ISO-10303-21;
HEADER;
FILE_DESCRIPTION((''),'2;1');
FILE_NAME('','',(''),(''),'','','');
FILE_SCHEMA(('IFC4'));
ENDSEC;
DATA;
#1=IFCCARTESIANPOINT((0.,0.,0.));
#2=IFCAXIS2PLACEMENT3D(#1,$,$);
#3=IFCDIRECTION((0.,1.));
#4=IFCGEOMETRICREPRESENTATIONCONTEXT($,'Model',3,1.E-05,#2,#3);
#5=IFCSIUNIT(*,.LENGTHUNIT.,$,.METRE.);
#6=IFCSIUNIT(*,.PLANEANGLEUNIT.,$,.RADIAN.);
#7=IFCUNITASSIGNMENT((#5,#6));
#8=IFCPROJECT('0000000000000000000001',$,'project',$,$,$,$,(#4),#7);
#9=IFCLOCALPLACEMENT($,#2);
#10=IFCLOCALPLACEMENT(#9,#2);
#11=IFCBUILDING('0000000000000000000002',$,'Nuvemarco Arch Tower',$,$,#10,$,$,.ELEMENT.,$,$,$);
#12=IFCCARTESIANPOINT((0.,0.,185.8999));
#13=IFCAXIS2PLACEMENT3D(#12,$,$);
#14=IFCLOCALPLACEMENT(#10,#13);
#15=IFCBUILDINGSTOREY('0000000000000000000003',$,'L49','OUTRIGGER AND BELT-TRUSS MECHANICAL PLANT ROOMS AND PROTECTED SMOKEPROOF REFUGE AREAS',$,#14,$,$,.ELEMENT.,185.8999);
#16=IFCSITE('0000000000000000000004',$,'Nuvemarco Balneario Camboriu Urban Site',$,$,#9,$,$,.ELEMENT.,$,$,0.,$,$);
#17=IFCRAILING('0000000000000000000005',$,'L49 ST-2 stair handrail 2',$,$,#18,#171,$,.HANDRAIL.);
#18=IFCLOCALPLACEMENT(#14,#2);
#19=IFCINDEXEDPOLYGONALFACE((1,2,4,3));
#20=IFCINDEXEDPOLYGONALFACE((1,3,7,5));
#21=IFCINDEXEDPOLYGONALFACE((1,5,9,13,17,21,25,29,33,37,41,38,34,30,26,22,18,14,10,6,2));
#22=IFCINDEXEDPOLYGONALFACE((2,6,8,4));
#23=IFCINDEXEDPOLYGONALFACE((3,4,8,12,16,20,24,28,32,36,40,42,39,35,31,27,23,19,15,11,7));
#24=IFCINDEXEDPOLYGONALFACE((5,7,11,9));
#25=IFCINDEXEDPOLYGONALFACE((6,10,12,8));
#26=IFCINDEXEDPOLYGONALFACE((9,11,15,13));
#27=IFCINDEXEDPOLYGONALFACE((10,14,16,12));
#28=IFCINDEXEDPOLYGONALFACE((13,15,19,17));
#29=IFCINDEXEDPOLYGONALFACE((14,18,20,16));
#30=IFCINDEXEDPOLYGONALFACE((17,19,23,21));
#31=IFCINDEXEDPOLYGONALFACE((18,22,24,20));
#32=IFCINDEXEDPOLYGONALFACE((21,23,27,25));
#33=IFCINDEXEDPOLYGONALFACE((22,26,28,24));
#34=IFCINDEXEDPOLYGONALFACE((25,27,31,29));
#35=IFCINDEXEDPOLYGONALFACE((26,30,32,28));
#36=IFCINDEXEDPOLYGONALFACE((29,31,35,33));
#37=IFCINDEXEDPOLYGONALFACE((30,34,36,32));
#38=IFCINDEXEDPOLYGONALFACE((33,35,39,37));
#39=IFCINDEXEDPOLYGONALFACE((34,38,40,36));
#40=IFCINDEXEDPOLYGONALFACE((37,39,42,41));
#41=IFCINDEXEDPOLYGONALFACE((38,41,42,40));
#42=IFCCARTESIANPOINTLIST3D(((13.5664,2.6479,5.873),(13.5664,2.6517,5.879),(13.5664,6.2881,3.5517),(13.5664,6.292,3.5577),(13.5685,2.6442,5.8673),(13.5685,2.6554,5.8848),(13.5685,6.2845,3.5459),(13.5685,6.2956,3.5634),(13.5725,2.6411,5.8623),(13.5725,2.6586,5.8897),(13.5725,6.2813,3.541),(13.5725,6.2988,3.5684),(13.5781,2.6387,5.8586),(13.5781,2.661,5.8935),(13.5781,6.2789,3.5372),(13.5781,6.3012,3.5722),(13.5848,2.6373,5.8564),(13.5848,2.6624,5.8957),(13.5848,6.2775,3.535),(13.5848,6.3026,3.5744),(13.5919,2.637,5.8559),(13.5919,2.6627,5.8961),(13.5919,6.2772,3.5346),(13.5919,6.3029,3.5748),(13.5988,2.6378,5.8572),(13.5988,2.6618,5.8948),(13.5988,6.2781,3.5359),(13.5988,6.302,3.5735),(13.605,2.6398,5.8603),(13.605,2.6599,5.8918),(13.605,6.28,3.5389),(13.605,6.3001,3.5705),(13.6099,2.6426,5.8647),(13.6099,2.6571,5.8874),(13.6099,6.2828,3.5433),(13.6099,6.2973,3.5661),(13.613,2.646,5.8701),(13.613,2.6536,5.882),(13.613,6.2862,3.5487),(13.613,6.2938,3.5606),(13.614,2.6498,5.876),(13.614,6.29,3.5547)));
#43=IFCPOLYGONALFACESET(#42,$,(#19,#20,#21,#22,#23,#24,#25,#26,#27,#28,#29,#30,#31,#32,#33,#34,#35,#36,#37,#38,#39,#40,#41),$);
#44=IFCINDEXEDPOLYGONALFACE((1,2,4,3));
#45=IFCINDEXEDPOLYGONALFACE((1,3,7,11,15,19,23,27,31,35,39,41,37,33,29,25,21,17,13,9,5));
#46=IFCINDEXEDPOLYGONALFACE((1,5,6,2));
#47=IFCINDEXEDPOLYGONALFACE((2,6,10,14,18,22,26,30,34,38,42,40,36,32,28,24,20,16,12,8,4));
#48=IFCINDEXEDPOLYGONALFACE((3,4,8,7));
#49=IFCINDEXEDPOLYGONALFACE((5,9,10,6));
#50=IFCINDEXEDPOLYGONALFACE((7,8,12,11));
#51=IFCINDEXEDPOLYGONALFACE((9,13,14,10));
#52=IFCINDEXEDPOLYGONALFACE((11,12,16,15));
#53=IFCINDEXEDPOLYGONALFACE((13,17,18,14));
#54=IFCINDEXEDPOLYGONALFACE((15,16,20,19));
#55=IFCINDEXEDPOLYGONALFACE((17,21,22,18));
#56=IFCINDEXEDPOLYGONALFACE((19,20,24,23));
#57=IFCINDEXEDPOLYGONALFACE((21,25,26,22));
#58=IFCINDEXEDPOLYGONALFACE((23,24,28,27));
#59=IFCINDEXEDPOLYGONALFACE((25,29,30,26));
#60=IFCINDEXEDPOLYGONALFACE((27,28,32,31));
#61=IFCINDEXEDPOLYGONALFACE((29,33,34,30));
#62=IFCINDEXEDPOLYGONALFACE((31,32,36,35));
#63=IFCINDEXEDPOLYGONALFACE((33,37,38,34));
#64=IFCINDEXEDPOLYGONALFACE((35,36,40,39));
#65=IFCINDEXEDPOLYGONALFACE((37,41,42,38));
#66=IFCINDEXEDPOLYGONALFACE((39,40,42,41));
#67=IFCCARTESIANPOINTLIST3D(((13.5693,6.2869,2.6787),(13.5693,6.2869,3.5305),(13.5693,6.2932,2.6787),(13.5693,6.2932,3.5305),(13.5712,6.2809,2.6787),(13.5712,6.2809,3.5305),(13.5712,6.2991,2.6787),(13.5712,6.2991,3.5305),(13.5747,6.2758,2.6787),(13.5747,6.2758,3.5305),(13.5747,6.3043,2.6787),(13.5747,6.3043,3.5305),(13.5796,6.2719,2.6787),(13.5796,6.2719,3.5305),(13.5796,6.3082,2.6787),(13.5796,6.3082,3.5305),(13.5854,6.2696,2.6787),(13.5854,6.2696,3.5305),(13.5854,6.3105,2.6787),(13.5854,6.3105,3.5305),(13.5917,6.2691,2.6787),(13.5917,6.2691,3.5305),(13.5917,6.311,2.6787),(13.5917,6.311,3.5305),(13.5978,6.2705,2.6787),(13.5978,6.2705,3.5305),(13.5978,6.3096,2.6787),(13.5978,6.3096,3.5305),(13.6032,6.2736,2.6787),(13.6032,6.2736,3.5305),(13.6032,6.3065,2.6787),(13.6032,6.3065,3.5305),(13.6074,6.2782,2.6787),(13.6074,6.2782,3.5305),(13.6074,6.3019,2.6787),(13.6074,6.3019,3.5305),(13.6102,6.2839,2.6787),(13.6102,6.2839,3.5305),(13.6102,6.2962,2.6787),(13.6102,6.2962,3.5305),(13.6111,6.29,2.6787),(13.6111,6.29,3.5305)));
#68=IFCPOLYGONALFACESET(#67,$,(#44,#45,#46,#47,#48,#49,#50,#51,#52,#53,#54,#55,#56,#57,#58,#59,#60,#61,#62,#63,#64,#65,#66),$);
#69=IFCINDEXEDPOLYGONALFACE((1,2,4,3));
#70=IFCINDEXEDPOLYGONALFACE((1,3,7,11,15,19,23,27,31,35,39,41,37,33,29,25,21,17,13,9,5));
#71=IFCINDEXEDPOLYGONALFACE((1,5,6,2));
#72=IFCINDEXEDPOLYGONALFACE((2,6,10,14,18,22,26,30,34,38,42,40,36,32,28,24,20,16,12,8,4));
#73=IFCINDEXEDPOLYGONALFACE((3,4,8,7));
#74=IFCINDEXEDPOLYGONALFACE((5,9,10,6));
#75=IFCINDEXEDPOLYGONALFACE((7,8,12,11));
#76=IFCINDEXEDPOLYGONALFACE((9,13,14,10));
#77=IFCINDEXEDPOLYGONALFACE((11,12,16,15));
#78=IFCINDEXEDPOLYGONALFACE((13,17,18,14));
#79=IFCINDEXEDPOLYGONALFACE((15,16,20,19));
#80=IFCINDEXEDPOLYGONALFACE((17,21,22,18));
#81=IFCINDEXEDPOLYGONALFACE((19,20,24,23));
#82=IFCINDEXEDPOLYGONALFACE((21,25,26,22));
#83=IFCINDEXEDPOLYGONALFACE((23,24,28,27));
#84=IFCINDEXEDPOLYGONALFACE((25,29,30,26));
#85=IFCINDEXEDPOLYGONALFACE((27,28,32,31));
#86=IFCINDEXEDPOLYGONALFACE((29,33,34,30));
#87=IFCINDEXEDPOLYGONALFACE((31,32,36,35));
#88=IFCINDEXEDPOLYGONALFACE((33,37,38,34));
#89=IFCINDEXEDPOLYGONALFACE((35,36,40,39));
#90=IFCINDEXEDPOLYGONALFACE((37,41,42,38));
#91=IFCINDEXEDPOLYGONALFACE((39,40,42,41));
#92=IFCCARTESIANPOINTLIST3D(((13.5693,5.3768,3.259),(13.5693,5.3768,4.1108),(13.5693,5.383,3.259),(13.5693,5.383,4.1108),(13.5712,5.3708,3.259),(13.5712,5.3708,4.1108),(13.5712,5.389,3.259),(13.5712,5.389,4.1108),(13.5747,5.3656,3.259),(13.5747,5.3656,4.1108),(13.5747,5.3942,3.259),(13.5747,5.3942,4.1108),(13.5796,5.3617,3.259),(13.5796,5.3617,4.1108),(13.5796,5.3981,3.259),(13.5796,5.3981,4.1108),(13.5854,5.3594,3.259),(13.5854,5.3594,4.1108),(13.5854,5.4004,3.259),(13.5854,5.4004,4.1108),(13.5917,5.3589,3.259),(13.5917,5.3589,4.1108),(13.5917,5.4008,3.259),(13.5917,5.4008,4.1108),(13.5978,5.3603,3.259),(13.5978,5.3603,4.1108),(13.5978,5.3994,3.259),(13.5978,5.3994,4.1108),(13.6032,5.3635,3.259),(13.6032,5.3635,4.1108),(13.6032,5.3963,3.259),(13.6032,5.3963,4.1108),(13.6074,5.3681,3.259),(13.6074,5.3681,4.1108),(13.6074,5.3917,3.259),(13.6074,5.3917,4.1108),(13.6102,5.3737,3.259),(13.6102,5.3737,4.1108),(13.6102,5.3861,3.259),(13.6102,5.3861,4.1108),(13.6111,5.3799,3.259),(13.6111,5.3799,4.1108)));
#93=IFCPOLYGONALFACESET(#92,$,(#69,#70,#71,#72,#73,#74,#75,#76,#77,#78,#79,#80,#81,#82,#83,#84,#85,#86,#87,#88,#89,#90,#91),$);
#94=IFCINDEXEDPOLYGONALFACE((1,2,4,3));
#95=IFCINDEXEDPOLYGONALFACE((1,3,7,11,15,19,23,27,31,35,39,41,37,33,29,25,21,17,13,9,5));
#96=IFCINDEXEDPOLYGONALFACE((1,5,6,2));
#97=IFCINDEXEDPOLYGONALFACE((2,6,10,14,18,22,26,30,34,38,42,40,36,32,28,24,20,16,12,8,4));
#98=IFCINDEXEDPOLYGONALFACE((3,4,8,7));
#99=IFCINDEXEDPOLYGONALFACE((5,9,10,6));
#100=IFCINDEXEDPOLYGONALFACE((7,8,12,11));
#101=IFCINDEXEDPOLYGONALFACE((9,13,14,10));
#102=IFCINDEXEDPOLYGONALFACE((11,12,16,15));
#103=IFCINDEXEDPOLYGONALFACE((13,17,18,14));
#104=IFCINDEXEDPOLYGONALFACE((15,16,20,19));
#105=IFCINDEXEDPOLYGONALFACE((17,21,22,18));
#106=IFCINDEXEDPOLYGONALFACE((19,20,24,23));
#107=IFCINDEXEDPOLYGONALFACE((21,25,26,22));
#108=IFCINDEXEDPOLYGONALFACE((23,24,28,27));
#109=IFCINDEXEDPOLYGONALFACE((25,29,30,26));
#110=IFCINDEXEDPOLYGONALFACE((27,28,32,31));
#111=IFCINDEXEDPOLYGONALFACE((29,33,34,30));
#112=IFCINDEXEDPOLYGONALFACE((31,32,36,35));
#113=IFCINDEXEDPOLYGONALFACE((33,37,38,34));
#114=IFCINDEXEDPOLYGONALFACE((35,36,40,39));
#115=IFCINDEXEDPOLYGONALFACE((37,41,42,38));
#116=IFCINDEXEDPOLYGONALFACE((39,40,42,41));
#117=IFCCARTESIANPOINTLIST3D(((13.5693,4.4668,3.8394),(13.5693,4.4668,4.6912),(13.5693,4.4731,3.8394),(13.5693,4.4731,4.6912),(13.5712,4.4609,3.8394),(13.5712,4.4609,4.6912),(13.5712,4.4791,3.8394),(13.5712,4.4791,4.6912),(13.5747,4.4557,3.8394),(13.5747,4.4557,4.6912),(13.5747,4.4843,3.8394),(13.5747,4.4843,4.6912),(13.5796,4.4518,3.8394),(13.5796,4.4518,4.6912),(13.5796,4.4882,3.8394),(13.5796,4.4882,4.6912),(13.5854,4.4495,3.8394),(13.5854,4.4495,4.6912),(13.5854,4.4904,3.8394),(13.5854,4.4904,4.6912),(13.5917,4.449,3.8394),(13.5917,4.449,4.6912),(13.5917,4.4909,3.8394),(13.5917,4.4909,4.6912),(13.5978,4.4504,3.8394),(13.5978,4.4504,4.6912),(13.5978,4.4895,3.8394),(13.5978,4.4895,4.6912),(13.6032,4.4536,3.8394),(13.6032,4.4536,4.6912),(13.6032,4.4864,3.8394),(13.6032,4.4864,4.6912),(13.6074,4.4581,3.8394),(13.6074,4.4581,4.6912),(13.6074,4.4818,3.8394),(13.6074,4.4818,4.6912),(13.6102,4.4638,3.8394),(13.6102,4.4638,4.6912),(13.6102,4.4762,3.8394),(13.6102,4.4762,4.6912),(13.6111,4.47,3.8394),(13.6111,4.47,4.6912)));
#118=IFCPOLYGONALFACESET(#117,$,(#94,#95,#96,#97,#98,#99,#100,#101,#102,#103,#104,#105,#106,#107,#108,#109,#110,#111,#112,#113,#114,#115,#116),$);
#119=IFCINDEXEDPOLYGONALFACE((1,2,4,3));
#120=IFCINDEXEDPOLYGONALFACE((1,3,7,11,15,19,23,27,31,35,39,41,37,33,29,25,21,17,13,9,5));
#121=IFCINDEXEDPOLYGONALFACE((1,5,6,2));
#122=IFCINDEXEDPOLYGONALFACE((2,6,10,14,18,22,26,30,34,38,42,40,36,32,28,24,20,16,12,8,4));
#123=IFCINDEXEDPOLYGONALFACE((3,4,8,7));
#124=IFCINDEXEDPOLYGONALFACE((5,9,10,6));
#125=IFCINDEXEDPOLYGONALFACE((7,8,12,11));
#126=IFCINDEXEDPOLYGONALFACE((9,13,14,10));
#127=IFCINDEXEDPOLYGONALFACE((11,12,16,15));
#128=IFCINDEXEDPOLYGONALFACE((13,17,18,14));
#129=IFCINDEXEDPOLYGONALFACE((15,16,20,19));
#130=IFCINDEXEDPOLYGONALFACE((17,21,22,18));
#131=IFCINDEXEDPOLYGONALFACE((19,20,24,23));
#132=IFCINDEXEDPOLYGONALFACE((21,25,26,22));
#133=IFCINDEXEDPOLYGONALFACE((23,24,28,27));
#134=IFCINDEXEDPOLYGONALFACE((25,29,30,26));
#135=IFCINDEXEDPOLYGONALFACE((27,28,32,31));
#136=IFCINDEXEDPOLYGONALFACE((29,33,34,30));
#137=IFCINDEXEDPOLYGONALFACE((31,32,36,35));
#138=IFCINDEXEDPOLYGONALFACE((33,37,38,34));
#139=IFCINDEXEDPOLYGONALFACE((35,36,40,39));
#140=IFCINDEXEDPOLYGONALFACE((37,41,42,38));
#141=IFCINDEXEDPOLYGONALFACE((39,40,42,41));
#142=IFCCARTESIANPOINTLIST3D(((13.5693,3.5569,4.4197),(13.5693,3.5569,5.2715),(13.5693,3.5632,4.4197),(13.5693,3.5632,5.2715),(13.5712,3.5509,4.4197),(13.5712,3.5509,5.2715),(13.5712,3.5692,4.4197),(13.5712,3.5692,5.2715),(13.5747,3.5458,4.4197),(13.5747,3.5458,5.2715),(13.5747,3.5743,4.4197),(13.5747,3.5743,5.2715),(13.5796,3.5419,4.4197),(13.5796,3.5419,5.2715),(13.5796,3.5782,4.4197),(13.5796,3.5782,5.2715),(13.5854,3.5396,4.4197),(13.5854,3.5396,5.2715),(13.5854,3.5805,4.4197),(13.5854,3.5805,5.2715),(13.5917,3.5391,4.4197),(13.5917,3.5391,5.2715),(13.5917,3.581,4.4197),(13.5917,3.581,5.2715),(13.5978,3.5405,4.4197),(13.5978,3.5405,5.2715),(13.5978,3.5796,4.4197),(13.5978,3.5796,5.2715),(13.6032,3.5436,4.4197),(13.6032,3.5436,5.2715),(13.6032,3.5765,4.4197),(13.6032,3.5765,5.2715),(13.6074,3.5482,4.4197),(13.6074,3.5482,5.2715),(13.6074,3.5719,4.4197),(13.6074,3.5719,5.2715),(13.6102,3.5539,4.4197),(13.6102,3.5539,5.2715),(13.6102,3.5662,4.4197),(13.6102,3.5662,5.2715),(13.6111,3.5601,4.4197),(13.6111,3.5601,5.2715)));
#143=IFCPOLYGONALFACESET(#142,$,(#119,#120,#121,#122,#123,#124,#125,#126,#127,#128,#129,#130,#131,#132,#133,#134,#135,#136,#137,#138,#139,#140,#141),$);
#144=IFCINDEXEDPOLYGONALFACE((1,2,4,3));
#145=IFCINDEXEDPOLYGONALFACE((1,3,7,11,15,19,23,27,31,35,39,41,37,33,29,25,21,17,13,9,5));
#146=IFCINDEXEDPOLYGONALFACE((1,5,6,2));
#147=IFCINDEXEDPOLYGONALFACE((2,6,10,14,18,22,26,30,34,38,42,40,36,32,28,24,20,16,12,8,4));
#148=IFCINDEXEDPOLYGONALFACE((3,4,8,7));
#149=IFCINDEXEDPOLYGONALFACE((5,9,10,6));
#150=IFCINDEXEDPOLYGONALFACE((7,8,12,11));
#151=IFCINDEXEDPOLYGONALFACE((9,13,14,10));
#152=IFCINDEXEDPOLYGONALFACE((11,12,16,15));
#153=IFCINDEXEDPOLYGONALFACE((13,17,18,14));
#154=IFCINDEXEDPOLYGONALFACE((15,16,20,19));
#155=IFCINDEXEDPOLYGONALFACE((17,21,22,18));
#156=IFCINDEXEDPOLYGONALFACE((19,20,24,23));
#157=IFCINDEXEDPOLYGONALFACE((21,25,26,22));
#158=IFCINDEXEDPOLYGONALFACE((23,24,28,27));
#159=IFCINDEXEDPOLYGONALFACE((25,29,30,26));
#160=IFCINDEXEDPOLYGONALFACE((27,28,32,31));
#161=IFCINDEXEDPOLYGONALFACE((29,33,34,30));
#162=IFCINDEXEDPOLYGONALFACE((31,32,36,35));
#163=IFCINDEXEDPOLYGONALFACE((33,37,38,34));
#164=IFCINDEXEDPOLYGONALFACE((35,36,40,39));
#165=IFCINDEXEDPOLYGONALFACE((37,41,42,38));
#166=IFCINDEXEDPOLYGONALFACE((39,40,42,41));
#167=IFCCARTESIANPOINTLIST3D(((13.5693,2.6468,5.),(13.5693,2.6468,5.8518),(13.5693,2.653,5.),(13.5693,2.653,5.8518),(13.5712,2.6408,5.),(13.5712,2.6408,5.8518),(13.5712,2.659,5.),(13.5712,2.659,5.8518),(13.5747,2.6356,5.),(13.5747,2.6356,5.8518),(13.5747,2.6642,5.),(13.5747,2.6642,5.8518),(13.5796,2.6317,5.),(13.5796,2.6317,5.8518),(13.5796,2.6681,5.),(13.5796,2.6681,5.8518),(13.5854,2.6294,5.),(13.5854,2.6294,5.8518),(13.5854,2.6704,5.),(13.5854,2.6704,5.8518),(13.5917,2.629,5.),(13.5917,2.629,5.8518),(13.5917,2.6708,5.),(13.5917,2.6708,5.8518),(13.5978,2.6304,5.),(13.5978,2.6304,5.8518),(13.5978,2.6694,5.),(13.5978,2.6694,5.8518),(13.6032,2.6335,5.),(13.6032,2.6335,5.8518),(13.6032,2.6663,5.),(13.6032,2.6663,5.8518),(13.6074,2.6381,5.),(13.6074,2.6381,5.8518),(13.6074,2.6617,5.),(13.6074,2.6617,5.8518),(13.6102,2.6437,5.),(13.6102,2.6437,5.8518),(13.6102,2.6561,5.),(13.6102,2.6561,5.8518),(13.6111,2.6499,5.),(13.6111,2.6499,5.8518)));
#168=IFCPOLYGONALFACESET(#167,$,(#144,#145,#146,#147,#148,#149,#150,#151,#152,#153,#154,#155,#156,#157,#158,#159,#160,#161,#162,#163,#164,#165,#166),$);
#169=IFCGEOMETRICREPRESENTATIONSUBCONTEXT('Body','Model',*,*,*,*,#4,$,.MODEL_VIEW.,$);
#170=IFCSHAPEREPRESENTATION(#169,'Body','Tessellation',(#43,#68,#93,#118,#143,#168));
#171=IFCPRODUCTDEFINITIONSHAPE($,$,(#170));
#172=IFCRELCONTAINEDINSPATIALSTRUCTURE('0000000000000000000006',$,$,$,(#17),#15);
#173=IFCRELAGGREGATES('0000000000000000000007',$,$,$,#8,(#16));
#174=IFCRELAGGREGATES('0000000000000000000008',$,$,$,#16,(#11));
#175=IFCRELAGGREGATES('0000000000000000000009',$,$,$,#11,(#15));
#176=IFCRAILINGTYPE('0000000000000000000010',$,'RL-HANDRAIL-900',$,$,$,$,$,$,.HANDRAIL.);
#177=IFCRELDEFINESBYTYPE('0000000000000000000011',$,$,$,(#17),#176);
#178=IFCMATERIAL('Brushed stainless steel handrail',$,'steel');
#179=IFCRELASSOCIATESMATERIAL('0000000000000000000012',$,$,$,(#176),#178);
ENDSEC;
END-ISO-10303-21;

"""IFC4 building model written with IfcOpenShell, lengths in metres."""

from ifc_helpers import new_model, si_unit, direction, frame, origin, origin_2d, place, context, subcontext, project, spatial, circle, extrude, material, type_object, element, save


model = new_model("IFC4")

# Units and contexts
model_context = context("Model", 3, precision=1e-05, world=origin(), true_north=direction((0.0, 1.0)))
body_context = subcontext(model_context, "Body", "Model", "MODEL_VIEW")
ifc_project = project(units=[si_unit("LENGTHUNIT", "METRE"), si_unit("PLANEANGLEUNIT", "RADIAN")], contexts=[model_context])

# Site, building, storey
site_placement = place(None, origin())
site = spatial("IfcSite", under=ifc_project, at=site_placement, Name="Nuvemarco Balneario Camboriu Urban Site", CompositionType="ELEMENT", RefElevation=0.0)
building_placement = place(site_placement, origin())
building = spatial("IfcBuilding", under=site, at=building_placement, Name="Nuvemarco Arch Tower", CompositionType="ELEMENT")
storey_placement = place(building_placement, frame((0.0, 0.0, 185.8999)))
storey = spatial("IfcBuildingStorey", under=building, at=storey_placement, Name="L49", Description="OUTRIGGER AND BELT-TRUSS MECHANICAL PLANT ROOMS AND PROTECTED SMOKEPROOF REFUGE AREAS", CompositionType="ELEMENT", Elevation=185.8999)

# Railing
ifc_material_1 = material(Name="Brushed stainless steel handrail", Category="steel")
railing_type_1 = type_object("IfcRailingType", Name="RL-HANDRAIL-900", PredefinedType="HANDRAIL", material=ifc_material_1)
railing_1_placement = place(storey_placement, frame((13.5901, 6.29, 2.6787)))
element("IfcRailing", 1, at=railing_1_placement, inside=storey, type_object=railing_type_1, Name="L49 ST-2 stair handrail 2", PredefinedType="HANDRAIL", context=body_context, shape_type="SweptSolid", body=[
    extrude(circle(Radius=0.0239, at=origin_2d()), frame((0.0, 0.0, 0.876), z_axis=(0.0, -0.843153, 0.537673), x_axis=(1.0, 0.0, 0.0)), (0.0, 0.0, 1.0), 4.3174),
    extrude(circle(Radius=0.021, at=origin_2d()), origin(), (0.0, 0.0, 1.0), 0.8518),
    extrude(circle(Radius=0.021, at=origin_2d()), frame((0.0, -0.9102, 0.5803)), (0.0, 0.0, 1.0), 0.8518),
    extrude(circle(Radius=0.021, at=origin_2d()), frame((0.0, -1.8201, 1.1606)), (0.0, 0.0, 1.0), 0.8518),
    extrude(circle(Radius=0.021, at=origin_2d()), frame((0.0, -2.73, 1.741)), (0.0, 0.0, 1.0), 0.8518),
    extrude(circle(Radius=0.021, at=origin_2d()), frame((0.0, -3.6401, 2.3213)), (0.0, 0.0, 1.0), 0.8518),
])

save(model, "model.ifc")
